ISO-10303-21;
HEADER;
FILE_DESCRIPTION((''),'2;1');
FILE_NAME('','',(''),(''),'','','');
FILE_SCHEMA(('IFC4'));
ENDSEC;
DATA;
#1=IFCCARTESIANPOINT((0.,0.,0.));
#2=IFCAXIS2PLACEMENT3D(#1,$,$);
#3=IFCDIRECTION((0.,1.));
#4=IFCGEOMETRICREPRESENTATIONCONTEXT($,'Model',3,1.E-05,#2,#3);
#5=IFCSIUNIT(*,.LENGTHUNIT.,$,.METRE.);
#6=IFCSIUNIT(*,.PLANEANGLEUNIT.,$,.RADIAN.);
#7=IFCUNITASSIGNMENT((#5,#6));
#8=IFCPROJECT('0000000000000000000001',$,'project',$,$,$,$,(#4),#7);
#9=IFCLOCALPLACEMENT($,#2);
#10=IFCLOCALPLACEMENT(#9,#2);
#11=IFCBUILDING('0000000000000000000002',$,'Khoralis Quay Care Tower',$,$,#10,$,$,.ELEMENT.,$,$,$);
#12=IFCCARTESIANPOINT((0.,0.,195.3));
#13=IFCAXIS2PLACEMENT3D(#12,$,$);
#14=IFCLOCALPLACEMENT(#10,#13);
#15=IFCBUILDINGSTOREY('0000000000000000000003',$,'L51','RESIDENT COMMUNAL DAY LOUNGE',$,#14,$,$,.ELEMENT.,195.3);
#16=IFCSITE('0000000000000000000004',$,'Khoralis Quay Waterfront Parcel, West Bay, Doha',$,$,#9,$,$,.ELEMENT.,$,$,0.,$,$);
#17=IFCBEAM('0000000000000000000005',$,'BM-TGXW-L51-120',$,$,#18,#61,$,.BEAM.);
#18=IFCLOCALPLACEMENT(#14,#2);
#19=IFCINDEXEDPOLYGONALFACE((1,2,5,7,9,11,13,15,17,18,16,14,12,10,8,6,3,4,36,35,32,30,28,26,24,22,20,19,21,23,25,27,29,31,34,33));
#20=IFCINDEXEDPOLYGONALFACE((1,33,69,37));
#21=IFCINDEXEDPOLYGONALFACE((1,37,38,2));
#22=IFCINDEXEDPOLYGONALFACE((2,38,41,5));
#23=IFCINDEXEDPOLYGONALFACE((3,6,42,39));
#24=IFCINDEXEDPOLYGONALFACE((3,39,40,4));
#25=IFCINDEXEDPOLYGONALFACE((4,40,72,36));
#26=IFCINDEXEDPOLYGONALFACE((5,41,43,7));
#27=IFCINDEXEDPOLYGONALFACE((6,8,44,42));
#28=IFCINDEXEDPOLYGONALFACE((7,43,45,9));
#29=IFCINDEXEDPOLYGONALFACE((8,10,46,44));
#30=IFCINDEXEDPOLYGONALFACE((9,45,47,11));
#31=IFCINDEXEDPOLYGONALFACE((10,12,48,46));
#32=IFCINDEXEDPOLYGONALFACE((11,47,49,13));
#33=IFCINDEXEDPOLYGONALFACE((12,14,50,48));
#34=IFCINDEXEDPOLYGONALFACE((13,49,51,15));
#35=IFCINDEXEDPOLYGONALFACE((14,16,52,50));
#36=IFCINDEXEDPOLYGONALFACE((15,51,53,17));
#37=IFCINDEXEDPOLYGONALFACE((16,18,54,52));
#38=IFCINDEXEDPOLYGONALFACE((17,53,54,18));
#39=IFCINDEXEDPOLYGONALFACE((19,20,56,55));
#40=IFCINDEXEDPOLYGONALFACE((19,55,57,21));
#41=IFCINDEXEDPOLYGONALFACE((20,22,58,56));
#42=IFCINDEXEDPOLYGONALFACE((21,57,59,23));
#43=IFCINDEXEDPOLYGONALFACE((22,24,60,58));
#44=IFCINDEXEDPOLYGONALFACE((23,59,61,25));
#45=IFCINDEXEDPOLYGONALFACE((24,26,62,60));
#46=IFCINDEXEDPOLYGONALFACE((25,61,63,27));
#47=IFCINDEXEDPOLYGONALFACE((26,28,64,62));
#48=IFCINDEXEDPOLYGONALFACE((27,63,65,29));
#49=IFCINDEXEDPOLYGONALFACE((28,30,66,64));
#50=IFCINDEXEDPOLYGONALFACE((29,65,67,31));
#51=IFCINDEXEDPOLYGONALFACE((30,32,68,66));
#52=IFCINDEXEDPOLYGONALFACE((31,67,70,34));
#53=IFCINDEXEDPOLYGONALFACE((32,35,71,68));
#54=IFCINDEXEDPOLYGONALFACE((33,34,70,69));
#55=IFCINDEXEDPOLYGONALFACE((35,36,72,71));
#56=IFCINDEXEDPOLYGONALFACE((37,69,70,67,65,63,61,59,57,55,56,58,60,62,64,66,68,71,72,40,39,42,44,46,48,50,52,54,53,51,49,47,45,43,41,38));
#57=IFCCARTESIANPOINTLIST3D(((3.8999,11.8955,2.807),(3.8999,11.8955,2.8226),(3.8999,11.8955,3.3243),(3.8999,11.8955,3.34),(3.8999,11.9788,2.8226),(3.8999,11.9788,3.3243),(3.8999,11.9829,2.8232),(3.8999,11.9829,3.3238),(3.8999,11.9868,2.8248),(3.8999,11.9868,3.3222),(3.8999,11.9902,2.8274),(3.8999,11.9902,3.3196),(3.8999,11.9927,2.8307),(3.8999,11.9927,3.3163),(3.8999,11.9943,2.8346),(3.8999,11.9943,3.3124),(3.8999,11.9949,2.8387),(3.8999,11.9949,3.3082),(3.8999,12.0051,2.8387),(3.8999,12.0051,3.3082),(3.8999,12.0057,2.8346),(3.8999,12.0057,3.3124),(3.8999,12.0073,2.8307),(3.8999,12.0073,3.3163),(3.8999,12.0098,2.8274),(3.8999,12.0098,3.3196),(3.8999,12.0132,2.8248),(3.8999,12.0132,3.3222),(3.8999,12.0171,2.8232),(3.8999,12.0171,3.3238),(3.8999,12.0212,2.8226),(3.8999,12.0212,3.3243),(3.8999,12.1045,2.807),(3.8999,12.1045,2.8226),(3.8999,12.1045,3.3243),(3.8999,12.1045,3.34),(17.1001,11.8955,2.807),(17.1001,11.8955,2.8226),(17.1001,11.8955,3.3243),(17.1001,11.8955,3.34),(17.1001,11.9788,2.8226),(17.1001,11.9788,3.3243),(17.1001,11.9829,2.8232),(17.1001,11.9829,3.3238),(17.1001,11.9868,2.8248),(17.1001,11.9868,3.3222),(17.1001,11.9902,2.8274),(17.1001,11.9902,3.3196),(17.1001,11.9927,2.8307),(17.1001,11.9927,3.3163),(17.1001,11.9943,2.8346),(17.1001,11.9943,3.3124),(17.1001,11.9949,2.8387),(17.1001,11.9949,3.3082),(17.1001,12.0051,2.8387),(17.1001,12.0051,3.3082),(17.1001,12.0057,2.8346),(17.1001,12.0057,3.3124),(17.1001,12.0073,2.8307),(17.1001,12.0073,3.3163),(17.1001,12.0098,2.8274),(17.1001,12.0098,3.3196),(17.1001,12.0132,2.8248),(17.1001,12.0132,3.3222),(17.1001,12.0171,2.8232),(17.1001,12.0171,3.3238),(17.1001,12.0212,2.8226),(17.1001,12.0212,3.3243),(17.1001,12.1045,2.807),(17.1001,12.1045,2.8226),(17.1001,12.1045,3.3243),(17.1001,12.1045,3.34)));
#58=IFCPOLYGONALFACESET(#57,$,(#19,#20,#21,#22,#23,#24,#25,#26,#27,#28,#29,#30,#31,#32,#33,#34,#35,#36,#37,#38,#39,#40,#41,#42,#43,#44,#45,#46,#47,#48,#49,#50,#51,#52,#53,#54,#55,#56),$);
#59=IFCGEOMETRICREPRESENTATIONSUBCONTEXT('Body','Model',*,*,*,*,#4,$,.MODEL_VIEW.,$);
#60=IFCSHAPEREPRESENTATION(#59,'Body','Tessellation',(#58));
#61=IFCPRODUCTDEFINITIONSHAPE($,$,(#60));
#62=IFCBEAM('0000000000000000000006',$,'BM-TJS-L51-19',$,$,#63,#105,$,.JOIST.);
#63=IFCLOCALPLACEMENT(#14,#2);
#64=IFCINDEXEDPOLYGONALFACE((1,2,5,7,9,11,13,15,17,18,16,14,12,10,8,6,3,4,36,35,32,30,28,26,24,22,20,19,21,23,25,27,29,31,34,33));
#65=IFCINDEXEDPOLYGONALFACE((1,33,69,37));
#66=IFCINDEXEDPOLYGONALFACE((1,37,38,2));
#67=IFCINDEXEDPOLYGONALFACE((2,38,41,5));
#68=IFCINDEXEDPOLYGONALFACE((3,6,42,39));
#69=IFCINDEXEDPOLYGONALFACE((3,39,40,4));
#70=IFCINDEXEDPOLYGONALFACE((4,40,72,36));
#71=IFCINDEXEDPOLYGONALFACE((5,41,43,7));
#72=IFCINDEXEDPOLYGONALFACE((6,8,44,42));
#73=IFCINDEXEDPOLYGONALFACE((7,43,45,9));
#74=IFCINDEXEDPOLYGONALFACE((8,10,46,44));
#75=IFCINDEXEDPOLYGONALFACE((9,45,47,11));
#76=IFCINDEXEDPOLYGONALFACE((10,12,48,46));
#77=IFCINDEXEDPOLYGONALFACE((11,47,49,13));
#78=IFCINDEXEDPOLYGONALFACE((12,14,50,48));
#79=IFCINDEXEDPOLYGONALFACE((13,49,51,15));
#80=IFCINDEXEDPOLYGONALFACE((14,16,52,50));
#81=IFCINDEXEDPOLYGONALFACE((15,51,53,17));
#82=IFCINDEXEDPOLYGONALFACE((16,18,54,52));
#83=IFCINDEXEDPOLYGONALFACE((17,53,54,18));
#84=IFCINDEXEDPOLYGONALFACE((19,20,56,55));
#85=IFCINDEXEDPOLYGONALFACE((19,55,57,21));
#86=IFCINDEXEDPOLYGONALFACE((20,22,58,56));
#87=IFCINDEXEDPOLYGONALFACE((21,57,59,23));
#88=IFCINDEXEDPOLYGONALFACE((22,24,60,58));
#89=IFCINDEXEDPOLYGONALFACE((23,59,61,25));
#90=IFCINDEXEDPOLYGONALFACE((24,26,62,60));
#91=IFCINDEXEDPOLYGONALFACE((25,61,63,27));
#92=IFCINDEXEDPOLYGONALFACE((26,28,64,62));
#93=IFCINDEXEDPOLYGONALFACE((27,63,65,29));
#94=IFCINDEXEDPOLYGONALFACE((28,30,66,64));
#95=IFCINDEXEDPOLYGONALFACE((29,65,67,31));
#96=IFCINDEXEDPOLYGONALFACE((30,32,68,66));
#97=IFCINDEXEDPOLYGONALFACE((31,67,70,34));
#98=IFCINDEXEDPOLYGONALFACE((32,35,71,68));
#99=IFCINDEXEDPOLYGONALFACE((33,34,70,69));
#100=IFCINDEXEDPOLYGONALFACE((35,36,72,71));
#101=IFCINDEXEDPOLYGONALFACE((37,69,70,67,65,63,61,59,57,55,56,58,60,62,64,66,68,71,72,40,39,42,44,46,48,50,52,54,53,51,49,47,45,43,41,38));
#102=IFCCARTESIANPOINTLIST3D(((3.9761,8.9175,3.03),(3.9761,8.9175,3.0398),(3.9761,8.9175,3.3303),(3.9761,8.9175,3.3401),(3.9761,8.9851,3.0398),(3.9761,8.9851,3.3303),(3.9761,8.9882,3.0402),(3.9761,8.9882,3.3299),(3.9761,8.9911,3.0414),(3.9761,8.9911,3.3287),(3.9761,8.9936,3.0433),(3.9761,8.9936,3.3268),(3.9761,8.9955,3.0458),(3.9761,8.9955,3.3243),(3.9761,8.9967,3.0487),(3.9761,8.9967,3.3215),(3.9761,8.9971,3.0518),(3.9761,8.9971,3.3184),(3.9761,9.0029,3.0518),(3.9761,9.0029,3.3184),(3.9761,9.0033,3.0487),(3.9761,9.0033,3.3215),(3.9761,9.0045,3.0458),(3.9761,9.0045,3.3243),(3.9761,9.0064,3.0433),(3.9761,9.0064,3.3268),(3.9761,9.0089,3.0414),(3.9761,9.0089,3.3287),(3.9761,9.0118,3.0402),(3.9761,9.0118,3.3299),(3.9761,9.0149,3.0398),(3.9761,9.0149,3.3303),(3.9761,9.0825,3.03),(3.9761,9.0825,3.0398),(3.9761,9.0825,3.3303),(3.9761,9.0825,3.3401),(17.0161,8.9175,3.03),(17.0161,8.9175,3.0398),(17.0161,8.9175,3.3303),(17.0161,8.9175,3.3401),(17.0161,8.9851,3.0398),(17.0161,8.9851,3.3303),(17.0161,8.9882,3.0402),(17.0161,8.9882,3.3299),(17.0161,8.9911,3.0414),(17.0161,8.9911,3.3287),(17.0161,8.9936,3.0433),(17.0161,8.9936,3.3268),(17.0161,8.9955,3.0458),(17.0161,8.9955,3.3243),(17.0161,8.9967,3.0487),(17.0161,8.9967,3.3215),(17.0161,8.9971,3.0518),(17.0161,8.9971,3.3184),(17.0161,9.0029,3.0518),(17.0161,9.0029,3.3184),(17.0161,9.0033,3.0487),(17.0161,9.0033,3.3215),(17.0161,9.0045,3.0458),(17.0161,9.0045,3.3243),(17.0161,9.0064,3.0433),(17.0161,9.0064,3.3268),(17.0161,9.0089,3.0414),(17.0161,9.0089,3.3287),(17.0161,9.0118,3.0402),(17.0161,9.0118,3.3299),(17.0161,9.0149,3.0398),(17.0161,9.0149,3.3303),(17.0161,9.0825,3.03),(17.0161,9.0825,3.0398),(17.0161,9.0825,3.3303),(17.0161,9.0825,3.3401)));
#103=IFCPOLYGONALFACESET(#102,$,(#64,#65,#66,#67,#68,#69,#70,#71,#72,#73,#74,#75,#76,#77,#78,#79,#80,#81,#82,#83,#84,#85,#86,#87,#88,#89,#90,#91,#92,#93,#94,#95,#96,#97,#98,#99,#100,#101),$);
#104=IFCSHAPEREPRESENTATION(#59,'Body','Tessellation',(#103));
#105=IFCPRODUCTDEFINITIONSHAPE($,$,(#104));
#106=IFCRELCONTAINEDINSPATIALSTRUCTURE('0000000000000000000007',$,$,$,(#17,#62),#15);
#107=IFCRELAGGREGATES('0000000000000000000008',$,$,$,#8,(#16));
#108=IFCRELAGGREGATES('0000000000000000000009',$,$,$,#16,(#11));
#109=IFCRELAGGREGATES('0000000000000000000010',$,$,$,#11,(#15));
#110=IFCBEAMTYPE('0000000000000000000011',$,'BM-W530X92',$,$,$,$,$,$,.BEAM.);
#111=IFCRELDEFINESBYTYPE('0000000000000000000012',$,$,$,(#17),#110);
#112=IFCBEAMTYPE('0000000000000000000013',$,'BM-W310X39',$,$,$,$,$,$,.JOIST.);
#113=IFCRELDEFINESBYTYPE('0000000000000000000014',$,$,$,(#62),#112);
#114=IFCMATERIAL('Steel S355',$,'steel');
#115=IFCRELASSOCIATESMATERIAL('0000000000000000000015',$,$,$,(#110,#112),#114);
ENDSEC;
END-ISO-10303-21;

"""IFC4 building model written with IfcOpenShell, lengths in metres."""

from ifc_helpers import new_model, si_unit, direction, frame, origin, origin_2d, place, context, subcontext, project, spatial, i_section, extrude, source, transform, mapped, material, material_profile, profile_set, type_object, element, save


model = new_model("IFC4")

# Units and contexts
model_context = context("Model", 3, precision=1e-05, world=origin(), true_north=direction((0.0, 1.0)))
body_context = subcontext(model_context, "Body", "Model", "MODEL_VIEW")
ifc_project = project(units=[si_unit("LENGTHUNIT", "METRE"), si_unit("PLANEANGLEUNIT", "RADIAN")], contexts=[model_context])

# Site, building, storey
site_placement = place(None, origin())
site = spatial("IfcSite", under=ifc_project, at=site_placement, Name="Khoralis Quay Waterfront Parcel, West Bay, Doha", CompositionType="ELEMENT", RefElevation=0.0)
building_placement = place(site_placement, origin())
building = spatial("IfcBuilding", under=site, at=building_placement, Name="Khoralis Quay Care Tower", CompositionType="ELEMENT")
storey_placement = place(building_placement, frame((0.0, 0.0, 195.3)))
storey = spatial("IfcBuildingStorey", under=building, at=storey_placement, Name="L51", Description="RESIDENT COMMUNAL DAY LOUNGE", CompositionType="ELEMENT", Elevation=195.3)

# Beams
ifc_material_1 = material(Name="Steel S355", Category="steel")
ifc_material_profile_1 = material_profile(ifc_material_1, i_section(OverallWidth=0.209, OverallDepth=0.533, WebThickness=0.0103, FlangeThickness=0.0156, FilletRadius=0.0161, at=origin_2d()), Name="Steel S355")
ifc_profile_set_1 = profile_set([ifc_material_profile_1], Name="Steel S355")
beam_type_1 = type_object("IfcBeamType", Name="BM-W530X92", PredefinedType="BEAM", material=ifc_profile_set_1)
shared_shape_1 = source(origin(), body_context, "Body", "SweptSolid", [
    extrude(i_section(OverallWidth=0.209, OverallDepth=0.533, WebThickness=0.0103, FlangeThickness=0.0156, FilletRadius=0.0161, at=origin_2d()), origin(), (0.0, 0.0, 1.0), 13.2002),
])
beam_1_placement = place(storey_placement, frame((3.8999, 12.0, 3.0735), z_axis=(1.0, 0.0, 0.0), x_axis=(0.0, 1.0, 0.0)))
element("IfcBeam", 1, at=beam_1_placement, inside=storey, type_object=beam_type_1, Name="BM-TGXW-L51-120", PredefinedType="BEAM", context=body_context, shape_type="MappedRepresentation", body=[
    mapped(shared_shape_1, transform((0.0, 0.0, 0.0), scale=1.0)),
])
ifc_material_profile_2 = material_profile(ifc_material_1, i_section(OverallWidth=0.165, OverallDepth=0.3101, WebThickness=0.0059, FlangeThickness=0.0098, FilletRadius=0.012, at=origin_2d()), Name="Steel S355")
ifc_profile_set_2 = profile_set([ifc_material_profile_2], Name="Steel S355")
beam_type_2 = type_object("IfcBeamType", Name="BM-W310X39", PredefinedType="JOIST", material=ifc_profile_set_2)
shared_shape_2 = source(origin(), body_context, "Body", "SweptSolid", [
    extrude(i_section(OverallWidth=0.165, OverallDepth=0.3101, WebThickness=0.0059, FlangeThickness=0.0098, FilletRadius=0.012, at=origin_2d()), origin(), (0.0, 0.0, 1.0), 13.04),
])
beam_2_placement = place(storey_placement, frame((3.9761, 9.0, 3.1851), z_axis=(1.0, 0.0, 0.0), x_axis=(0.0, 1.0, 0.0)))
element("IfcBeam", 2, at=beam_2_placement, inside=storey, type_object=beam_type_2, Name="BM-TJS-L51-19", PredefinedType="JOIST", context=body_context, shape_type="MappedRepresentation", body=[
    mapped(shared_shape_2, transform((0.0, 0.0, 0.0), scale=1.0)),
])

save(model, "model.ifc")
